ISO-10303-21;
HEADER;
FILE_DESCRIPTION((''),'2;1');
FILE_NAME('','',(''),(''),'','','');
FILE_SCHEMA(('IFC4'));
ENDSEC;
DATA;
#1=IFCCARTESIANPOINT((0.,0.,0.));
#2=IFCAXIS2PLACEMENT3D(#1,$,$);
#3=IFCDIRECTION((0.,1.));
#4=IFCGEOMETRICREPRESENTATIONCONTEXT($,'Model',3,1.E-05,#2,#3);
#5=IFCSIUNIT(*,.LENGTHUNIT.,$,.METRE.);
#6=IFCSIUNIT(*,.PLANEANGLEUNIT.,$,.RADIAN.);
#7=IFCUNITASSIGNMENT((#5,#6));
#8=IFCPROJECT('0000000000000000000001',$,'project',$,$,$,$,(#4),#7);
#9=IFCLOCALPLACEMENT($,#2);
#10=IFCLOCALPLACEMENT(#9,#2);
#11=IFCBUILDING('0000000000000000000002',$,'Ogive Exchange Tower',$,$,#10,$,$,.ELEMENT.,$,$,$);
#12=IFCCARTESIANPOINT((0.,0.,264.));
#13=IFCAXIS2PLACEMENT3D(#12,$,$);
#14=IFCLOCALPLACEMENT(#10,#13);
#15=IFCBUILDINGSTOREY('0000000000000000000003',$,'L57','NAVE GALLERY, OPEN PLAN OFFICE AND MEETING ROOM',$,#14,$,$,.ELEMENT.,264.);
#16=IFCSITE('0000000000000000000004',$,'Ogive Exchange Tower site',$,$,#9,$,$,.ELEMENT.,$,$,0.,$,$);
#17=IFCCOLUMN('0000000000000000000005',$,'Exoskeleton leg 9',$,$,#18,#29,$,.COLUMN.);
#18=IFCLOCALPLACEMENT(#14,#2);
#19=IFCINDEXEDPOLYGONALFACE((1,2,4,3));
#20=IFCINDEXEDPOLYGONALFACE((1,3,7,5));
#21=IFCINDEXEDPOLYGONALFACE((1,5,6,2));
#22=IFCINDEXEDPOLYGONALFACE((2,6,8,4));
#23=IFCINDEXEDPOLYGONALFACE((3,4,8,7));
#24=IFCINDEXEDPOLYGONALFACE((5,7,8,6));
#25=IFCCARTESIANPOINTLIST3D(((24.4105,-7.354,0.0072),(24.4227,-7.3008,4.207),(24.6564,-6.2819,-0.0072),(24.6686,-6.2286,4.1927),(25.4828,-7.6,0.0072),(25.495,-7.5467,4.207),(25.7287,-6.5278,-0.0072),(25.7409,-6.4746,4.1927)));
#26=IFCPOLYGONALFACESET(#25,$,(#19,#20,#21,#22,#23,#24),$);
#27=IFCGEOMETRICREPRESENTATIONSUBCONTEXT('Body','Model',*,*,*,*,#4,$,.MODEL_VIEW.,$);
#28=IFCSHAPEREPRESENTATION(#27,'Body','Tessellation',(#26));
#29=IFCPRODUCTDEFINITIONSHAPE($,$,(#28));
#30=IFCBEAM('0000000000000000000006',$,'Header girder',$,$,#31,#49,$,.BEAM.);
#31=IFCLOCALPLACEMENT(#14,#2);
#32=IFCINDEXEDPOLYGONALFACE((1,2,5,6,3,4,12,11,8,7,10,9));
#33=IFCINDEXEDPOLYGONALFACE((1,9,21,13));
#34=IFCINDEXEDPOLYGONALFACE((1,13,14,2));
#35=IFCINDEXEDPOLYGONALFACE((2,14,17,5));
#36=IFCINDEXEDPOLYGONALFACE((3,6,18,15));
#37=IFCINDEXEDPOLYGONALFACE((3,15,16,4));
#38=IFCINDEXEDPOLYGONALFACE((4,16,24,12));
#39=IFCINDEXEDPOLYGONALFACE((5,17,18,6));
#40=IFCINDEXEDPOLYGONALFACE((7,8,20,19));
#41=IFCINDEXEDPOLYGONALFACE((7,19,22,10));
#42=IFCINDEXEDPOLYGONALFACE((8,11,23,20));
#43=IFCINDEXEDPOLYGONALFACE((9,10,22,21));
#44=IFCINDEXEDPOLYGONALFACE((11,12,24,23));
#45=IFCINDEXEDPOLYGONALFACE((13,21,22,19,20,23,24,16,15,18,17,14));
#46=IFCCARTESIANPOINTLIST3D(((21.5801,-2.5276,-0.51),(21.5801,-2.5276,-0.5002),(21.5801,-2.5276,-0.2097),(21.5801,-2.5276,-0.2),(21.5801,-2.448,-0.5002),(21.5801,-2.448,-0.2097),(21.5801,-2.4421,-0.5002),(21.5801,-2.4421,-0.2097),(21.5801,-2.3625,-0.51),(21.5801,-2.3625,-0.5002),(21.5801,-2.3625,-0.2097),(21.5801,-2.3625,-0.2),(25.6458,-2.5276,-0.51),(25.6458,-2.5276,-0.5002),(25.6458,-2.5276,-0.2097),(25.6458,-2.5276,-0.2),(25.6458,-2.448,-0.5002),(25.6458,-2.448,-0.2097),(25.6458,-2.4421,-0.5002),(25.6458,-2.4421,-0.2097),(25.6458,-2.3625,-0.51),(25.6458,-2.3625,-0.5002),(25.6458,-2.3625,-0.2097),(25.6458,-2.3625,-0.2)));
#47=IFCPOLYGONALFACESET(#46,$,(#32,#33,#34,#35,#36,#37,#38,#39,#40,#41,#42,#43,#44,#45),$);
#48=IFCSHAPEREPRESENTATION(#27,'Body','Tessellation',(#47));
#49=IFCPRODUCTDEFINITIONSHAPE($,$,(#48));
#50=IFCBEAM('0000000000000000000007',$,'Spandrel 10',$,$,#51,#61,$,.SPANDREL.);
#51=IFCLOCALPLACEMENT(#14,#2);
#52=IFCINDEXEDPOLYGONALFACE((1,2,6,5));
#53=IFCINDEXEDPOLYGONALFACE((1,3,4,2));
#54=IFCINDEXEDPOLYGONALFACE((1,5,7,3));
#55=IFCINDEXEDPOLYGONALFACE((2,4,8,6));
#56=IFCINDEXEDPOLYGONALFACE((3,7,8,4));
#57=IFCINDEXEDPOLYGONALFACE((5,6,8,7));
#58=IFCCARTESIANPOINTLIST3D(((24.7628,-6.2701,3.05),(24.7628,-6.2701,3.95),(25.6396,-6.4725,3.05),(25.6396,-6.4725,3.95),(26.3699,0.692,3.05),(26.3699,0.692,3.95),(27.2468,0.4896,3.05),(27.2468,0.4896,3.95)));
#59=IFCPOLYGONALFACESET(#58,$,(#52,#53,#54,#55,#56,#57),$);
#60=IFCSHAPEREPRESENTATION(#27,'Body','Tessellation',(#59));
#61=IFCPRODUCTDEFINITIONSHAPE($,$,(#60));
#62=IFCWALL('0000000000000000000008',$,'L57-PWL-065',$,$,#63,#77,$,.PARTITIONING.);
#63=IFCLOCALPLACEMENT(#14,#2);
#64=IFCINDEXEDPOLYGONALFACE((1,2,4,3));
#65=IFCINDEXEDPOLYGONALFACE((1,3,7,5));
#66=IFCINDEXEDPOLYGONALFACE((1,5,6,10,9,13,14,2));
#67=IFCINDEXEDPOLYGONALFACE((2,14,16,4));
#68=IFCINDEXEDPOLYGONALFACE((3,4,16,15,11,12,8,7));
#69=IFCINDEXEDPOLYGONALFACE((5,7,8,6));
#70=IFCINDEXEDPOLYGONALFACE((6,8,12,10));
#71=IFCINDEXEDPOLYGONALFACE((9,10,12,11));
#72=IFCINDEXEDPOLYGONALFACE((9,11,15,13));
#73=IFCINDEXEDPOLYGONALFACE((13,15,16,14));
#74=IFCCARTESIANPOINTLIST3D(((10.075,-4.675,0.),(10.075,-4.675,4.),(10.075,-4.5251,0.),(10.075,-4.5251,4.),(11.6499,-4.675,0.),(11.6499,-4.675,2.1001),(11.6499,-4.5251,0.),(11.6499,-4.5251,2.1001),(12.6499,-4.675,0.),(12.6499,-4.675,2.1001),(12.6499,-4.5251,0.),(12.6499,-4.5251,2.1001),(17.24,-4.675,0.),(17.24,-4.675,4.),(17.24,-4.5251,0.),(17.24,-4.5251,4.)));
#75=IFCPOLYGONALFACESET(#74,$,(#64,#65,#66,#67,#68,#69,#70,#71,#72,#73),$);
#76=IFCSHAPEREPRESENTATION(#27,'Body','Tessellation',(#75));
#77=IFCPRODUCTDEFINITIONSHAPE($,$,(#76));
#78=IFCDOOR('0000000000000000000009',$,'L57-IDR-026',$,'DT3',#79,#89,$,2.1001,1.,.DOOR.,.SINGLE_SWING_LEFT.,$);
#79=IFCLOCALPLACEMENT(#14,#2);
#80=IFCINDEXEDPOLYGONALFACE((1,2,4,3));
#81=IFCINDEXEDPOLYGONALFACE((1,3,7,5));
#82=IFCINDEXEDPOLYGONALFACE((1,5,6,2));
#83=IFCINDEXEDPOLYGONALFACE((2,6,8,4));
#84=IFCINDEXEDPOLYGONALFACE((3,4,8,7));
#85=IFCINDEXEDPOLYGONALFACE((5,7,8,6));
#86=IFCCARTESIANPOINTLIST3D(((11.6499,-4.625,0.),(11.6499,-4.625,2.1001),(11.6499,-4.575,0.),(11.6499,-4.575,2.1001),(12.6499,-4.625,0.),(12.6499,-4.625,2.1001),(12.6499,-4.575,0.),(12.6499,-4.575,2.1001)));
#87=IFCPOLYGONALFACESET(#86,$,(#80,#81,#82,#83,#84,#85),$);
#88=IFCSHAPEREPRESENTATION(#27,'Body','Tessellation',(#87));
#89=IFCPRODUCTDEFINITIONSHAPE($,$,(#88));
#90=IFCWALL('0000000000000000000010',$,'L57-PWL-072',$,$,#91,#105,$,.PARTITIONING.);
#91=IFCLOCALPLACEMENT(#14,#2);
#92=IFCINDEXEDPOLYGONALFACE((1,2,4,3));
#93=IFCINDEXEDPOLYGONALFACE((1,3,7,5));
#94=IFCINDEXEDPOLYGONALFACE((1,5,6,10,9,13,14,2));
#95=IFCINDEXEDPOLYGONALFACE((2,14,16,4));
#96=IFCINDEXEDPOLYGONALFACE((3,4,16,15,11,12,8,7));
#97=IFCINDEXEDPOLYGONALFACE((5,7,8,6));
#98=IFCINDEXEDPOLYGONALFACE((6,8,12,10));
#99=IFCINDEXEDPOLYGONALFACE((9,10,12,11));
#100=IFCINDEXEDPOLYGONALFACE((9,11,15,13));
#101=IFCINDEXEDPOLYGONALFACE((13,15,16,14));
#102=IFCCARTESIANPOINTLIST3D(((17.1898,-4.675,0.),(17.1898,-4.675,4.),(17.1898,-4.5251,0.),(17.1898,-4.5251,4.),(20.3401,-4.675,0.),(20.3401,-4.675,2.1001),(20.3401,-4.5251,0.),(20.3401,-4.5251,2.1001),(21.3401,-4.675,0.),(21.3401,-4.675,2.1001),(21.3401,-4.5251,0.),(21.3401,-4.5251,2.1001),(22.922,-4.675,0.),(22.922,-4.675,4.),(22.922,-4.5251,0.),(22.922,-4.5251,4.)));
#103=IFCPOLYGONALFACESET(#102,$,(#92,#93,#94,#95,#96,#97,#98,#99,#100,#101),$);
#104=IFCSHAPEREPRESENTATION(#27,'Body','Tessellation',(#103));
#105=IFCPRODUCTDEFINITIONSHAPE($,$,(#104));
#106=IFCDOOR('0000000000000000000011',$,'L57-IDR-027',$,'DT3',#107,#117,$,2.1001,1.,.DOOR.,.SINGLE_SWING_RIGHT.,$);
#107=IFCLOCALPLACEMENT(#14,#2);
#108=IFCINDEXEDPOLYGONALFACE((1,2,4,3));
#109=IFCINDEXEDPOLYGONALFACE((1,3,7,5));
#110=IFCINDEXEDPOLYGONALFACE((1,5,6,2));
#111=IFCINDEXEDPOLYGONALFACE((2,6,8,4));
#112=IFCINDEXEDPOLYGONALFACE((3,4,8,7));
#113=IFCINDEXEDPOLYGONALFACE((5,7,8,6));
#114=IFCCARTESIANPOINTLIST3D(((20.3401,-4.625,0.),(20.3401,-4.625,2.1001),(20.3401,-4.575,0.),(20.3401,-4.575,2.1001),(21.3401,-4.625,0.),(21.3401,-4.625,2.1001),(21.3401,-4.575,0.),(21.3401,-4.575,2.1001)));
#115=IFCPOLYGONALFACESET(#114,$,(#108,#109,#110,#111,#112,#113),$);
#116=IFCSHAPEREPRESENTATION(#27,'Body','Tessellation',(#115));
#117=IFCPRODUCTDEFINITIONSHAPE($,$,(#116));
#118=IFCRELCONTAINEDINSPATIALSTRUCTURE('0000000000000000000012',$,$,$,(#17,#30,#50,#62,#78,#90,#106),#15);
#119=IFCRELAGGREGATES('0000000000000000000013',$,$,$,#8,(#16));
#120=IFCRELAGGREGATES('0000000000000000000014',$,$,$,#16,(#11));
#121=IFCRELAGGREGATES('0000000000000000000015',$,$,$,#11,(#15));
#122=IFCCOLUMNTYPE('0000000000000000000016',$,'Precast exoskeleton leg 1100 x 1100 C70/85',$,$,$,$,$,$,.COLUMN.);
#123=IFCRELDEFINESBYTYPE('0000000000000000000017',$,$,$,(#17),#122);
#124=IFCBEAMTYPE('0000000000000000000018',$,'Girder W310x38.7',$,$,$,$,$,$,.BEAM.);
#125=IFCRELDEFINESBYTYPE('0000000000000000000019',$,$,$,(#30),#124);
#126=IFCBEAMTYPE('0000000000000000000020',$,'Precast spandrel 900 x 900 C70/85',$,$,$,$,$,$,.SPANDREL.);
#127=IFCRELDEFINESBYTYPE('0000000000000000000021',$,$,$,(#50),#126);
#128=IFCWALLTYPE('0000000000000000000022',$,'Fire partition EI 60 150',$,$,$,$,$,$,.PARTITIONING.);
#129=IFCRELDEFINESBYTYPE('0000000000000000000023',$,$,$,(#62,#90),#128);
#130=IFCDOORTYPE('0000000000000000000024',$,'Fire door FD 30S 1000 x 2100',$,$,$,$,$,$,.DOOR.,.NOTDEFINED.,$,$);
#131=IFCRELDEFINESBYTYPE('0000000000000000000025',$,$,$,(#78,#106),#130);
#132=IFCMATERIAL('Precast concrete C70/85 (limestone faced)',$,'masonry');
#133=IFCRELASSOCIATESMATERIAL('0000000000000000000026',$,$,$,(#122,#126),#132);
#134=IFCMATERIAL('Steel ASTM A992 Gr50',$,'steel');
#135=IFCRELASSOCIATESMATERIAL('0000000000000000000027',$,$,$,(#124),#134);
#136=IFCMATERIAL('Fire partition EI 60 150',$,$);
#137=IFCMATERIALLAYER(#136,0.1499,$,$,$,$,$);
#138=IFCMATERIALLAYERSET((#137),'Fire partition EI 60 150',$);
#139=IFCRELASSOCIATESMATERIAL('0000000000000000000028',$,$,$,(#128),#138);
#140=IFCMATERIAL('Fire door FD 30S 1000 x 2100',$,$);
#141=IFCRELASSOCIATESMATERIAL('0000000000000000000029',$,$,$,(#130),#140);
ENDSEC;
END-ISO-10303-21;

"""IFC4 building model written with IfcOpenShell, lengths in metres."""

from ifc_helpers import new_model, si_unit, direction, frame, frame_2d, origin, origin_2d, place, context, subcontext, project, spatial, rectangle, i_section, extrude, material, layer, layer_set, material_profile, profile_set, type_object, element, fill, save


model = new_model("IFC4")

# Units and contexts
model_context = context("Model", 3, precision=1e-05, world=origin(), true_north=direction((0.0, 1.0)))
body_context = subcontext(model_context, "Body", "Model", "MODEL_VIEW")
ifc_project = project(units=[si_unit("LENGTHUNIT", "METRE"), si_unit("PLANEANGLEUNIT", "RADIAN")], contexts=[model_context])

# Site, building, storey
site_placement = place(None, origin())
site = spatial("IfcSite", under=ifc_project, at=site_placement, Name="Ogive Exchange Tower site", CompositionType="ELEMENT", RefElevation=0.0)
building_placement = place(site_placement, origin())
building = spatial("IfcBuilding", under=site, at=building_placement, Name="Ogive Exchange Tower", CompositionType="ELEMENT")
storey_placement = place(building_placement, frame((0.0, 0.0, 264.0)))
storey = spatial("IfcBuildingStorey", under=building, at=storey_placement, Name="L57", Description="NAVE GALLERY, OPEN PLAN OFFICE AND MEETING ROOM", CompositionType="ELEMENT", Elevation=264.0)

# Column
ifc_material_1 = material(Name="Precast concrete C70/85 (limestone faced)", Category="masonry")
ifc_material_profile_1 = material_profile(ifc_material_1, rectangle(XDim=1.1001, YDim=1.1001, at=origin_2d()), Name="1100 x 1100")
ifc_profile_set_1 = profile_set([ifc_material_profile_1], Name="Precast concrete C70/85 (limestone faced)")
column_type = type_object("IfcColumnType", Name="Precast exoskeleton leg 1100 x 1100 C70/85", PredefinedType="COLUMN", material=ifc_profile_set_1)
column_placement = place(storey_placement, frame((25.0696, -6.9409, 0.0), z_axis=(0.002906, 0.012671, 0.999915), x_axis=(-0.974692, 0.223553, 0.0)))
element("IfcColumn", 1, at=column_placement, inside=storey, type_object=column_type, Name="Exoskeleton leg 9", PredefinedType="COLUMN", context=body_context, shape_type="SweptSolid", body=[
    extrude(rectangle(XDim=1.1001, YDim=1.1001, at=origin_2d()), origin(), (0.0, 0.0, 1.0), 4.2002),
])

# Beams
ifc_material_2 = material(Name="Steel ASTM A992 Gr50", Category="steel")
ifc_material_profile_2 = material_profile(ifc_material_2, i_section(OverallWidth=0.165, OverallDepth=0.3101, WebThickness=0.0059, FlangeThickness=0.0098, at=origin_2d()), Name="W310x38.7")
ifc_profile_set_2 = profile_set([ifc_material_profile_2], Name="Steel ASTM A992 Gr50")
beam_type_1 = type_object("IfcBeamType", Name="Girder W310x38.7", PredefinedType="BEAM", material=ifc_profile_set_2)
beam_1_placement = place(storey_placement, frame((21.5801, -2.4451, -0.355), z_axis=(1.0, 0.0, 0.0), x_axis=(0.0, 1.0, 0.0)))
element("IfcBeam", 2, at=beam_1_placement, inside=storey, type_object=beam_type_1, Name="Header girder", PredefinedType="BEAM", context=body_context, shape_type="SweptSolid", body=[
    extrude(i_section(OverallWidth=0.165, OverallDepth=0.3101, WebThickness=0.0059, FlangeThickness=0.0098, at=origin_2d()), origin(), (0.0, 0.0, 1.0), 4.0657),
])
ifc_material_profile_3 = material_profile(ifc_material_1, rectangle(XDim=0.8999, YDim=0.8999, at=origin_2d()), Name="900 x 900")
ifc_profile_set_3 = profile_set([ifc_material_profile_3], Name="Precast concrete C70/85 (limestone faced)")
beam_type_2 = type_object("IfcBeamType", Name="Precast spandrel 900 x 900 C70/85", PredefinedType="SPANDREL", material=ifc_profile_set_3)
beam_2_placement = place(storey_placement, frame((25.2012, -6.3713, 3.5), z_axis=(0.224929, 0.974375, 0.0), x_axis=(-0.974375, 0.224929, 0.0)))
element("IfcBeam", 3, at=beam_2_placement, inside=storey, type_object=beam_type_2, Name="Spandrel 10", PredefinedType="SPANDREL", context=body_context, shape_type="SweptSolid", body=[
    extrude(rectangle(XDim=0.8999, YDim=0.8999, at=origin_2d()), origin(), (0.0, 0.0, 1.0), 7.1453),
])

# Walls, openings, doors
ifc_material_3 = material(Name="Fire partition EI 60 150")
ifc_layer_1 = layer(ifc_material_3, 0.1499)
ifc_layer_set_1 = layer_set([ifc_layer_1], Name="Fire partition EI 60 150")
wall_type_1 = type_object("IfcWallType", Name="Fire partition EI 60 150", PredefinedType="PARTITIONING", material=ifc_layer_set_1)
wall_1_placement = place(storey_placement, frame((17.24, -4.6001, 0.0), z_axis=(0.0, 0.0, 1.0), x_axis=(-1.0, 0.0, 0.0)))
wall_1 = element("IfcWall", 4, at=wall_1_placement, inside=storey, type_object=wall_type_1, Name="L57-PWL-065", PredefinedType="PARTITIONING", context=body_context, shape_type="SweptSolid", body=[
    extrude(rectangle(XDim=7.165, YDim=0.1499, at=frame_2d((3.5825, 0.0))), origin(), (0.0, 0.0, 1.0), 4.0),
])
opening_1_placement = place(wall_1_placement, frame((4.5901, 0.0, 0.0)))
opening_1 = element("IfcOpeningElement", 5, at=opening_1_placement, cuts=wall_1, PredefinedType="OPENING", context=body_context, shape_type="SweptSolid", body=[
    extrude(rectangle(XDim=1.0, YDim=2.1001, at=frame_2d((0.5, 1.05))), frame((0.0, 0.085, 0.0), z_axis=(0.0, -1.0, 0.0), x_axis=(1.0, 0.0, 0.0)), (0.0, 0.0, 1.0), 0.1699),
])
ifc_material_4 = material(Name="Fire door FD 30S 1000 x 2100")
door_type_1 = type_object("IfcDoorType", Name="Fire door FD 30S 1000 x 2100", OperationType="NOTDEFINED", PredefinedType="DOOR", material=ifc_material_4)
door_1_placement = place(opening_1_placement, origin())
door_1 = element("IfcDoor", 6, at=door_1_placement, inside=storey, type_object=door_type_1, Name="L57-IDR-026", ObjectType="DT3", OperationType="SINGLE_SWING_LEFT", OverallHeight=2.1001, OverallWidth=1.0, PredefinedType="DOOR", context=body_context, shape_type="SweptSolid", body=[
    extrude(rectangle(XDim=1.0, YDim=2.1001, at=frame_2d((0.5, 1.05))), frame((0.0, 0.0249, 0.0), z_axis=(0.0, -1.0, 0.0), x_axis=(1.0, 0.0, 0.0)), (0.0, 0.0, 1.0), 0.05),
])
fill(opening_1, door_1)
wall_2_placement = place(storey_placement, frame((22.9221, -4.6001, 0.0), z_axis=(0.0, 0.0, 1.0), x_axis=(-1.0, 0.0, 0.0)))
wall_2 = element("IfcWall", 7, at=wall_2_placement, inside=storey, type_object=wall_type_1, Name="L57-PWL-072", PredefinedType="PARTITIONING", context=body_context, shape_type="SweptSolid", body=[
    extrude(rectangle(XDim=5.7322, YDim=0.1499, at=frame_2d((2.8662, 0.0))), origin(), (0.0, 0.0, 1.0), 4.0),
])
opening_2_placement = place(wall_2_placement, frame((1.582, 0.0, 0.0)))
opening_2 = element("IfcOpeningElement", 8, at=opening_2_placement, cuts=wall_2, PredefinedType="OPENING", context=body_context, shape_type="SweptSolid", body=[
    extrude(rectangle(XDim=1.0, YDim=2.1001, at=frame_2d((0.5, 1.05))), frame((0.0, 0.085, 0.0), z_axis=(0.0, -1.0, 0.0), x_axis=(1.0, 0.0, 0.0)), (0.0, 0.0, 1.0), 0.1699),
])
door_2_placement = place(opening_2_placement, origin())
door_2 = element("IfcDoor", 9, at=door_2_placement, inside=storey, type_object=door_type_1, Name="L57-IDR-027", ObjectType="DT3", OperationType="SINGLE_SWING_RIGHT", OverallHeight=2.1001, OverallWidth=1.0, PredefinedType="DOOR", context=body_context, shape_type="SweptSolid", body=[
    extrude(rectangle(XDim=1.0, YDim=2.1001, at=frame_2d((0.5, 1.05))), frame((0.0, 0.0249, 0.0), z_axis=(0.0, -1.0, 0.0), x_axis=(1.0, 0.0, 0.0)), (0.0, 0.0, 1.0), 0.05),
])
fill(opening_2, door_2)

save(model, "model.ifc")
